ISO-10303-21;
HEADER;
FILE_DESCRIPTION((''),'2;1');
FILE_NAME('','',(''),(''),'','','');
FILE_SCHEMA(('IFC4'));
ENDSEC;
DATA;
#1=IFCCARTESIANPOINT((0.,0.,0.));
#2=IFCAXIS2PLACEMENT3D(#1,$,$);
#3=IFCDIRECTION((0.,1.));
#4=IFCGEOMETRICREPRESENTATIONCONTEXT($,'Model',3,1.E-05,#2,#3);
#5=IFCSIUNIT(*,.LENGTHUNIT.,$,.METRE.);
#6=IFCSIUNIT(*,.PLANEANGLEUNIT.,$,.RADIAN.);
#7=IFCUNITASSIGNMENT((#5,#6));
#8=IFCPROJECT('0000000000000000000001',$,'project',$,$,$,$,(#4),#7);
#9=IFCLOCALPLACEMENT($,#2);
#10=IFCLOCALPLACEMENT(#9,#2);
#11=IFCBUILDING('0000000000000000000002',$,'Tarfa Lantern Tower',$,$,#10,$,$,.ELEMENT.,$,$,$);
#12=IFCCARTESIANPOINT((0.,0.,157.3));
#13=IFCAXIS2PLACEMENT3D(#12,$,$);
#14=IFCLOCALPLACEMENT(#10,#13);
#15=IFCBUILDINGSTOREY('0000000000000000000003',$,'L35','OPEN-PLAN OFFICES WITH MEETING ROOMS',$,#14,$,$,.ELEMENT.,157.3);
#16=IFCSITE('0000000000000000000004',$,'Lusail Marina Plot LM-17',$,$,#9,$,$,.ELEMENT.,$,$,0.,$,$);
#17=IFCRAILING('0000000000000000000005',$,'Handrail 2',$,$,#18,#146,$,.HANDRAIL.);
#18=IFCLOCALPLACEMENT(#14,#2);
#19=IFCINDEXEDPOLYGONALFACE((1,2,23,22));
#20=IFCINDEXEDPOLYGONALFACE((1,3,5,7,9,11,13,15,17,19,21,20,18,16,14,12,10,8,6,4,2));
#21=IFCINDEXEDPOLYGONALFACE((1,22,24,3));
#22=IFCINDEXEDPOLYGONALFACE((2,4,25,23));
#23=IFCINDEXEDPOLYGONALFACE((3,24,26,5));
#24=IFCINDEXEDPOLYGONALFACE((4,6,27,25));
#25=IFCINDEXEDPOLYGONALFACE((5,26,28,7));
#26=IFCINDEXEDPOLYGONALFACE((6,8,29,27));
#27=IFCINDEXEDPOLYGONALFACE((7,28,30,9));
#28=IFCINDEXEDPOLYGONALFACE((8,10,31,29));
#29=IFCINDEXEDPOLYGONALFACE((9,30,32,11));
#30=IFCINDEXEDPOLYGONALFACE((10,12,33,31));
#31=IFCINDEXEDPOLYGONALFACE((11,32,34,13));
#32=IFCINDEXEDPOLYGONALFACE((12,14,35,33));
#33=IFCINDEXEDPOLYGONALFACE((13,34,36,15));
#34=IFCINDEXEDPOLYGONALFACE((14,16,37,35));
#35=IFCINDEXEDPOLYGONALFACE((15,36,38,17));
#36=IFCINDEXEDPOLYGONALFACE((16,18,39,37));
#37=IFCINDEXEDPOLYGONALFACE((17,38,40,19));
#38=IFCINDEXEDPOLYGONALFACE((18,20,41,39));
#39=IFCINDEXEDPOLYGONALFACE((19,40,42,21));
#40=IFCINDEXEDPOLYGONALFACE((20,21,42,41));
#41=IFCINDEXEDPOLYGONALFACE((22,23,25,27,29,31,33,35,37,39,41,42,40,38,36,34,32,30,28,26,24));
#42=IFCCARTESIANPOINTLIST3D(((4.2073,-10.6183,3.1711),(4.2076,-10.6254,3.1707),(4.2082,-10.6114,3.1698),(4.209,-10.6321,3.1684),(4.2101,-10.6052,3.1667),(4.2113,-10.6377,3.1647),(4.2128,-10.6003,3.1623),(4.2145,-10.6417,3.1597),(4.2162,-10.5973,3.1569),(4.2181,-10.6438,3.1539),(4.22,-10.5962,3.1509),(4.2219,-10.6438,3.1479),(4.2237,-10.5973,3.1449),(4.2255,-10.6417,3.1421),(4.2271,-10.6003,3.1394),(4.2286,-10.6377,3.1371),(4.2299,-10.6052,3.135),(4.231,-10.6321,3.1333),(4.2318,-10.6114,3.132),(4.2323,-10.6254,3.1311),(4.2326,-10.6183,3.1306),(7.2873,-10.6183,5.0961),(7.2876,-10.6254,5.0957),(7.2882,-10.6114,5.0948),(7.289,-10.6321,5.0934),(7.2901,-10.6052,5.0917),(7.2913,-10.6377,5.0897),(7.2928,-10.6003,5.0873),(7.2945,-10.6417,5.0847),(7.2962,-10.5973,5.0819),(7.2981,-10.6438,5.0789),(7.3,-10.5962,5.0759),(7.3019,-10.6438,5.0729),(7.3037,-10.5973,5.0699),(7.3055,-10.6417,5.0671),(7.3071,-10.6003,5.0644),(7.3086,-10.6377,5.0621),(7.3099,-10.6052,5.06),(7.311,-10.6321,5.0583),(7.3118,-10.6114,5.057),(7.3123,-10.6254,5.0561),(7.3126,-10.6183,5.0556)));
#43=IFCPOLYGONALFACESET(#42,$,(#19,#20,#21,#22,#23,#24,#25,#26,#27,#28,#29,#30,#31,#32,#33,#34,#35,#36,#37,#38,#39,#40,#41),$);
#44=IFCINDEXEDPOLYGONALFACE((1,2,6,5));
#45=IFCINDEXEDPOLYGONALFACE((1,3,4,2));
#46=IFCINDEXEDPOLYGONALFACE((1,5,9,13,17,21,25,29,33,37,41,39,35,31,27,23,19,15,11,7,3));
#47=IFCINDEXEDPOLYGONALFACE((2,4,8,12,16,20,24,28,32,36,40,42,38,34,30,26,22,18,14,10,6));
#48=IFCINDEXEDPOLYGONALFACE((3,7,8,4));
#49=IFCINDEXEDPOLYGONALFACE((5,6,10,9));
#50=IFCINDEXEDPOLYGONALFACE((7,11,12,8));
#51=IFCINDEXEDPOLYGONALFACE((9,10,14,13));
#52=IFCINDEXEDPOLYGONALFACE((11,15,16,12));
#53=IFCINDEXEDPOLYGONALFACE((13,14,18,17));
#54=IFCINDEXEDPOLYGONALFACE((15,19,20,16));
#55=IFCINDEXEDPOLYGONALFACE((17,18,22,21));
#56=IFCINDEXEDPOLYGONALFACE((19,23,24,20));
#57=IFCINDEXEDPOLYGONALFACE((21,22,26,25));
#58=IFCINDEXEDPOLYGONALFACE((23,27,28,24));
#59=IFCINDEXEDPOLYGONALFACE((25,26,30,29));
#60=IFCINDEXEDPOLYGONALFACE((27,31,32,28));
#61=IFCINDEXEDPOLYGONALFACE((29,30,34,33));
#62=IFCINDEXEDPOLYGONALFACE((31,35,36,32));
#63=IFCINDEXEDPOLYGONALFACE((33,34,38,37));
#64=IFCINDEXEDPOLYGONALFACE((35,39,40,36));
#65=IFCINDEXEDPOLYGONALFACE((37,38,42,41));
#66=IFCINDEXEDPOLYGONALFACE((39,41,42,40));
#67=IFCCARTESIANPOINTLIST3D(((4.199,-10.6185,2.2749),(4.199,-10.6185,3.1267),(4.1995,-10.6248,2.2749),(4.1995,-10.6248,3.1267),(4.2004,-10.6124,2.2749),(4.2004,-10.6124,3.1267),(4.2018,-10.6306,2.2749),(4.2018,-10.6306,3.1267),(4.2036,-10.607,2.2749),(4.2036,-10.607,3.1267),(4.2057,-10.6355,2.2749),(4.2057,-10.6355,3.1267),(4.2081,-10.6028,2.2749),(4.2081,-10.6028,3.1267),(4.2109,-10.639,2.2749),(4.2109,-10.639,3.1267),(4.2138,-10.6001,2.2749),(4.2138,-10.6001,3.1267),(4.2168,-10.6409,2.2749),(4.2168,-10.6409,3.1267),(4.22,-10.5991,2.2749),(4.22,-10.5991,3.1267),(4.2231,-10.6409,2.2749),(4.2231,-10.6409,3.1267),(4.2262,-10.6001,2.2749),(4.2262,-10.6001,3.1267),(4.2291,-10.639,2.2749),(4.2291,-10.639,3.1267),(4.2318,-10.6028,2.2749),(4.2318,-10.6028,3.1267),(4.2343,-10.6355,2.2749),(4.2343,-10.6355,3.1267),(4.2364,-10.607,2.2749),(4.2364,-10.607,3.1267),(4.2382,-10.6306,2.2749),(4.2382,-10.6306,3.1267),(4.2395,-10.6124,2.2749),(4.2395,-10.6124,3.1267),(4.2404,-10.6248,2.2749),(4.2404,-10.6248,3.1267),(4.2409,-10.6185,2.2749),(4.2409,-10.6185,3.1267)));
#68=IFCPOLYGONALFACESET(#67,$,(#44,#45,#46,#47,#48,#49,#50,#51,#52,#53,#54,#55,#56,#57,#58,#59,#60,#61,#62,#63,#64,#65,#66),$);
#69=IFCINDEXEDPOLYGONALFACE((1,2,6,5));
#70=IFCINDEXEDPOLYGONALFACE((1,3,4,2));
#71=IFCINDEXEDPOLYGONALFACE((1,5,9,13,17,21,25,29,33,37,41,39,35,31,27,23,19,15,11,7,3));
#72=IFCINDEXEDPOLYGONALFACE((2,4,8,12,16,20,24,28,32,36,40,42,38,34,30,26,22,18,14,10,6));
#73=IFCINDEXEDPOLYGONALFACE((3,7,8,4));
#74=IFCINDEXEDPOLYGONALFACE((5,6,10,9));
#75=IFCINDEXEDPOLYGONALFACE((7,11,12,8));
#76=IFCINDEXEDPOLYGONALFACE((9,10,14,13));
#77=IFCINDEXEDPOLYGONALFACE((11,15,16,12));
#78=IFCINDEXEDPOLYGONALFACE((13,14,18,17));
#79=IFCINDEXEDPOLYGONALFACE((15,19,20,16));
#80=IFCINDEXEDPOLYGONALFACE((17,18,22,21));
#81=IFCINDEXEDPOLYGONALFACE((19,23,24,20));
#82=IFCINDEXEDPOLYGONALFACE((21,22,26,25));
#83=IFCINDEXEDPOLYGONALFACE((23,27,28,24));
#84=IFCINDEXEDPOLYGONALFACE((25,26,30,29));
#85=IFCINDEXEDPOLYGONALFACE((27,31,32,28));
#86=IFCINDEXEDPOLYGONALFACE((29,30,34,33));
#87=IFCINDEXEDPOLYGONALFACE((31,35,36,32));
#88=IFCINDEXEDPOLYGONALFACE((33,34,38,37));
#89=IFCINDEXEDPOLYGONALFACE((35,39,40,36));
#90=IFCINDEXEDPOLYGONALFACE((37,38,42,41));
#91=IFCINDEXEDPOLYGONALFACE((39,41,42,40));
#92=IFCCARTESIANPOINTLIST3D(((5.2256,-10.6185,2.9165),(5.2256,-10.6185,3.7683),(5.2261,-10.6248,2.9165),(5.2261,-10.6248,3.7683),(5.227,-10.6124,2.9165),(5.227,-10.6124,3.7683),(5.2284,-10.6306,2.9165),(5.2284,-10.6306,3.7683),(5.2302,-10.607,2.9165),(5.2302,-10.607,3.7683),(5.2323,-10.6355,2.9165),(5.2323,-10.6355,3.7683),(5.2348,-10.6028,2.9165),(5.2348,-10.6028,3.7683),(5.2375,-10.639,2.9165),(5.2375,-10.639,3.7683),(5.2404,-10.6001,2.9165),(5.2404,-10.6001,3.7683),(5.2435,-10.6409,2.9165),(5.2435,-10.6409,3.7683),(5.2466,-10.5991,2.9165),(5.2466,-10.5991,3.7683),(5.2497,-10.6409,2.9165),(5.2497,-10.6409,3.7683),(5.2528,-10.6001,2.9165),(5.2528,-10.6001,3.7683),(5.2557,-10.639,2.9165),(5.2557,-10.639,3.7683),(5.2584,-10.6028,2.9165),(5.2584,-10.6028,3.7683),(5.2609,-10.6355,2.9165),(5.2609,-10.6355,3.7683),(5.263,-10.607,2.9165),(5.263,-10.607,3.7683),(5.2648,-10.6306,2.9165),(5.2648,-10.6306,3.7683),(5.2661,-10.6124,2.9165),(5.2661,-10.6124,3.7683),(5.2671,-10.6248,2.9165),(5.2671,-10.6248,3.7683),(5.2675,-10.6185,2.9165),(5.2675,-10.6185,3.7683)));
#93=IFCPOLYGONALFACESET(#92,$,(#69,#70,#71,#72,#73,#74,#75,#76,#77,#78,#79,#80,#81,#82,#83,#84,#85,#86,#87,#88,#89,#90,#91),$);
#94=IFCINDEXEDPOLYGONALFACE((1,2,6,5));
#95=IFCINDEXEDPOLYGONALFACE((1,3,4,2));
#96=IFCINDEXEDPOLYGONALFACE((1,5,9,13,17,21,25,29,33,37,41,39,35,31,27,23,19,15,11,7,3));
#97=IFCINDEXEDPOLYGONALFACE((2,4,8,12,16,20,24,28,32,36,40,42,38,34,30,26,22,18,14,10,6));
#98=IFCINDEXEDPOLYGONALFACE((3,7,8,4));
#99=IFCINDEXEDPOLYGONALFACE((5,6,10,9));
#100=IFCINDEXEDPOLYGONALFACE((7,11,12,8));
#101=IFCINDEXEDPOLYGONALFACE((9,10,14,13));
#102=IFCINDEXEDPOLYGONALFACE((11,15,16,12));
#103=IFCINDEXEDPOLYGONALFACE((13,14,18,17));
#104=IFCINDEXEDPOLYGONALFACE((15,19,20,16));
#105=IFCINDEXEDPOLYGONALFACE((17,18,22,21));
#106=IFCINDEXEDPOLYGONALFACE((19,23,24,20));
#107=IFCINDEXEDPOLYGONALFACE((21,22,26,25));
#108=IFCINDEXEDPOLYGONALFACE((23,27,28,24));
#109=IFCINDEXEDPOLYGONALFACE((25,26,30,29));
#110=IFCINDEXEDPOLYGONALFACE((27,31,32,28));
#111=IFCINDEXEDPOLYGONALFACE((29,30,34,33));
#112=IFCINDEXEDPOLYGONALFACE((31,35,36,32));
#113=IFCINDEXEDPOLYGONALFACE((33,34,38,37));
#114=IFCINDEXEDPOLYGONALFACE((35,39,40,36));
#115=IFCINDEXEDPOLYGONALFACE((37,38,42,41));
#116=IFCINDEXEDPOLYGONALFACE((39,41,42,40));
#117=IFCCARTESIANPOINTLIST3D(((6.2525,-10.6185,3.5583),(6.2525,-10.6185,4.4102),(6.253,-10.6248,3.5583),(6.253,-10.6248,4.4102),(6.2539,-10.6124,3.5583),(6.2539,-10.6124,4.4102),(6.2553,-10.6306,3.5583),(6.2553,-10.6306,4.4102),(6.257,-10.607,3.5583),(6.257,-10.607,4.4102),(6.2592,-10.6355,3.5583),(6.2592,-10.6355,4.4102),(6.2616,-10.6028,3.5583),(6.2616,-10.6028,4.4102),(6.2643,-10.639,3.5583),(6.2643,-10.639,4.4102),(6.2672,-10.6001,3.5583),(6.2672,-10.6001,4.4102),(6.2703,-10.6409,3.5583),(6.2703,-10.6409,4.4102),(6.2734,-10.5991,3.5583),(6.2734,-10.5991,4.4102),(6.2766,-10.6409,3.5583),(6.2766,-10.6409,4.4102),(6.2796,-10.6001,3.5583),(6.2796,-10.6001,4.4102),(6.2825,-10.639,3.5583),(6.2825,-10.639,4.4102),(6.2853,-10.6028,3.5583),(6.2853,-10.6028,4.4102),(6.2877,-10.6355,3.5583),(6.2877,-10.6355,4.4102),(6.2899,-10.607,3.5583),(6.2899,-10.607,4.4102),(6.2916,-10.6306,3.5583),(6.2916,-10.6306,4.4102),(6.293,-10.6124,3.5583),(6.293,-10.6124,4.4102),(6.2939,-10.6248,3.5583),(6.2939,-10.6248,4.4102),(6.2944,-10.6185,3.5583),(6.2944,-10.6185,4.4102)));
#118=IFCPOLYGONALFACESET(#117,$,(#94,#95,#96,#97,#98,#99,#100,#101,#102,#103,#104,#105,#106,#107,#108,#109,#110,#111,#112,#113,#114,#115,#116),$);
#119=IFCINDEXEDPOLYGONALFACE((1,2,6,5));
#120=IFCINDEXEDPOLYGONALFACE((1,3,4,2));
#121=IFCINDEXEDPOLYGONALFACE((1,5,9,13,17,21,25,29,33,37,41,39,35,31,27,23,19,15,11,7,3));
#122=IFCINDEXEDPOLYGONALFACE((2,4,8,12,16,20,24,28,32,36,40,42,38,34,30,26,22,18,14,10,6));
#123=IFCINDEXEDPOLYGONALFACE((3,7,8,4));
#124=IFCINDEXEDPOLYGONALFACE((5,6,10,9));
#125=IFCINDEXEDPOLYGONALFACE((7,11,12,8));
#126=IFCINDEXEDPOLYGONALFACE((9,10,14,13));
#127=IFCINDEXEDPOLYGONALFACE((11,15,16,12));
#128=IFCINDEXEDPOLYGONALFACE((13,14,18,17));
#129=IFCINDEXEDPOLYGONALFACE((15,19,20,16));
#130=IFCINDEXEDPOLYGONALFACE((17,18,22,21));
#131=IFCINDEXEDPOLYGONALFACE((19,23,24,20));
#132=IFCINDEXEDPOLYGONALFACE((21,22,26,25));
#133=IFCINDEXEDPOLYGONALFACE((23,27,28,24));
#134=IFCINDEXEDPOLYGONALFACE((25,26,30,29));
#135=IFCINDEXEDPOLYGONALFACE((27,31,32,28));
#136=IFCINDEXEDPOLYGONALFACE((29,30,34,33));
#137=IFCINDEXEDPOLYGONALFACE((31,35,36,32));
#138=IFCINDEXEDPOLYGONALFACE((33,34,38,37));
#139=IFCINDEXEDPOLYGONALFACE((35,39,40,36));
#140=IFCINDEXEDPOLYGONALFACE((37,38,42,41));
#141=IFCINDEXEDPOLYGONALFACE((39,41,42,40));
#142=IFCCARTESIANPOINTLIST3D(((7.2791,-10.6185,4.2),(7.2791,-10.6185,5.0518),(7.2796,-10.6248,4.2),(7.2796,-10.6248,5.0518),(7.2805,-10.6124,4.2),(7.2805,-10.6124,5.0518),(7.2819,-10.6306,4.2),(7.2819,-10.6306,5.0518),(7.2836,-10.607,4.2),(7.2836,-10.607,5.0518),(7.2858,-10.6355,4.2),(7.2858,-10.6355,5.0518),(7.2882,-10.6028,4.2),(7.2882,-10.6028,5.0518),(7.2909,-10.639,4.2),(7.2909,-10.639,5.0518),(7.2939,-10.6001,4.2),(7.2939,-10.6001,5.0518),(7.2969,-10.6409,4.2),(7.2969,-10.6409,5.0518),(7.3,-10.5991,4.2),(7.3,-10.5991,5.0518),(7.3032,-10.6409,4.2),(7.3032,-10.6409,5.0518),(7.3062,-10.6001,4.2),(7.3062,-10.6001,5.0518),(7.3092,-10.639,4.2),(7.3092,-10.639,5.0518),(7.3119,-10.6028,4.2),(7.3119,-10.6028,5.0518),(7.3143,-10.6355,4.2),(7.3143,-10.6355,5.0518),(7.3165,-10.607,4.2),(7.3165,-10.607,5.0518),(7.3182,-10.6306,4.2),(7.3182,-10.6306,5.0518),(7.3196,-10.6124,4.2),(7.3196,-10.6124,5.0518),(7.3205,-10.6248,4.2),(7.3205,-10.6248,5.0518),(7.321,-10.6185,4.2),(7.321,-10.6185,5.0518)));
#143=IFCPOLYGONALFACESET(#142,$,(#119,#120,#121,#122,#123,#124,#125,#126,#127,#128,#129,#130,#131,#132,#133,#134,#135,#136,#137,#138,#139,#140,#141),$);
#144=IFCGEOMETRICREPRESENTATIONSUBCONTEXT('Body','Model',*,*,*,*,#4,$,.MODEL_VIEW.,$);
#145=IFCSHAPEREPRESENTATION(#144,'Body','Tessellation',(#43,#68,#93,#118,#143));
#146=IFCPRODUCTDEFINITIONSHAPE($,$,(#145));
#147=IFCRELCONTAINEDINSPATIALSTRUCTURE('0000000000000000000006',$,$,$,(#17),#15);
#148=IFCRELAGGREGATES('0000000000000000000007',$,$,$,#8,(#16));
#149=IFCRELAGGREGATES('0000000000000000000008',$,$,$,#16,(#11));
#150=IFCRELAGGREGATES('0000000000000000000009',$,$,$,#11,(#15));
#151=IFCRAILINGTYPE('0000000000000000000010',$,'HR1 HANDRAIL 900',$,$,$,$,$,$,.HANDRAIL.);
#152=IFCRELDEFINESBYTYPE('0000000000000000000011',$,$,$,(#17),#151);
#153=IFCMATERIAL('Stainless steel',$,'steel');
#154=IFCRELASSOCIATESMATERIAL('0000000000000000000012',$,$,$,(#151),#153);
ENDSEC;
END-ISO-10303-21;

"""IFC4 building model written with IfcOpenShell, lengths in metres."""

from ifc_helpers import new_model, si_unit, direction, frame, origin, origin_2d, place, context, subcontext, project, spatial, circle, extrude, material, type_object, element, save


model = new_model("IFC4")

# Units and contexts
model_context = context("Model", 3, precision=1e-05, world=origin(), true_north=direction((0.0, 1.0)))
body_context = subcontext(model_context, "Body", "Model", "MODEL_VIEW")
ifc_project = project(units=[si_unit("LENGTHUNIT", "METRE"), si_unit("PLANEANGLEUNIT", "RADIAN")], contexts=[model_context])

# Site, building, storey
site_placement = place(None, origin())
site = spatial("IfcSite", under=ifc_project, at=site_placement, Name="Lusail Marina Plot LM-17", CompositionType="ELEMENT", RefElevation=0.0)
building_placement = place(site_placement, origin())
building = spatial("IfcBuilding", under=site, at=building_placement, Name="Tarfa Lantern Tower", CompositionType="ELEMENT")
storey_placement = place(building_placement, frame((0.0, 0.0, 157.3)))
storey = spatial("IfcBuildingStorey", under=building, at=storey_placement, Name="L35", Description="OPEN-PLAN OFFICES WITH MEETING ROOMS", CompositionType="ELEMENT", Elevation=157.3)

# Railing
ifc_material_1 = material(Name="Stainless steel", Category="steel")
railing_type = type_object("IfcRailingType", Name="HR1 HANDRAIL 900", PredefinedType="HANDRAIL", material=ifc_material_1)
railing_1_placement = place(storey_placement, frame((4.22, -10.6201, 2.2749)))
element("IfcRailing", 1, at=railing_1_placement, inside=storey, type_object=railing_type, Name="Handrail 2", PredefinedType="HANDRAIL", context=body_context, shape_type="SweptSolid", body=[
    extrude(circle(Radius=0.0239, at=origin_2d()), frame((0.0, 0.0, 0.876), z_axis=(0.847998, 0.0, 0.529999), x_axis=(0.0, 1.0, 0.0)), (0.0, 0.0, 1.0), 3.6321),
    extrude(circle(Radius=0.021, at=origin_2d()), frame((0.0, 0.0, 0.0), z_axis=(0.0, 0.0, 1.0), x_axis=(0.0, 1.0, 0.0)), (0.0, 0.0, 1.0), 0.8518),
    extrude(circle(Radius=0.021, at=origin_2d()), frame((1.0266, 0.0, 0.6416), z_axis=(0.0, 0.0, 1.0), x_axis=(0.0, 1.0, 0.0)), (0.0, 0.0, 1.0), 0.8518),
    extrude(circle(Radius=0.021, at=origin_2d()), frame((2.0535, 0.0, 1.2834), z_axis=(0.0, 0.0, 1.0), x_axis=(0.0, 1.0, 0.0)), (0.0, 0.0, 1.0), 0.8518),
    extrude(circle(Radius=0.021, at=origin_2d()), frame((3.0801, 0.0, 1.925), z_axis=(0.0, 0.0, 1.0), x_axis=(0.0, 1.0, 0.0)), (0.0, 0.0, 1.0), 0.8518),
])

save(model, "model.ifc")
